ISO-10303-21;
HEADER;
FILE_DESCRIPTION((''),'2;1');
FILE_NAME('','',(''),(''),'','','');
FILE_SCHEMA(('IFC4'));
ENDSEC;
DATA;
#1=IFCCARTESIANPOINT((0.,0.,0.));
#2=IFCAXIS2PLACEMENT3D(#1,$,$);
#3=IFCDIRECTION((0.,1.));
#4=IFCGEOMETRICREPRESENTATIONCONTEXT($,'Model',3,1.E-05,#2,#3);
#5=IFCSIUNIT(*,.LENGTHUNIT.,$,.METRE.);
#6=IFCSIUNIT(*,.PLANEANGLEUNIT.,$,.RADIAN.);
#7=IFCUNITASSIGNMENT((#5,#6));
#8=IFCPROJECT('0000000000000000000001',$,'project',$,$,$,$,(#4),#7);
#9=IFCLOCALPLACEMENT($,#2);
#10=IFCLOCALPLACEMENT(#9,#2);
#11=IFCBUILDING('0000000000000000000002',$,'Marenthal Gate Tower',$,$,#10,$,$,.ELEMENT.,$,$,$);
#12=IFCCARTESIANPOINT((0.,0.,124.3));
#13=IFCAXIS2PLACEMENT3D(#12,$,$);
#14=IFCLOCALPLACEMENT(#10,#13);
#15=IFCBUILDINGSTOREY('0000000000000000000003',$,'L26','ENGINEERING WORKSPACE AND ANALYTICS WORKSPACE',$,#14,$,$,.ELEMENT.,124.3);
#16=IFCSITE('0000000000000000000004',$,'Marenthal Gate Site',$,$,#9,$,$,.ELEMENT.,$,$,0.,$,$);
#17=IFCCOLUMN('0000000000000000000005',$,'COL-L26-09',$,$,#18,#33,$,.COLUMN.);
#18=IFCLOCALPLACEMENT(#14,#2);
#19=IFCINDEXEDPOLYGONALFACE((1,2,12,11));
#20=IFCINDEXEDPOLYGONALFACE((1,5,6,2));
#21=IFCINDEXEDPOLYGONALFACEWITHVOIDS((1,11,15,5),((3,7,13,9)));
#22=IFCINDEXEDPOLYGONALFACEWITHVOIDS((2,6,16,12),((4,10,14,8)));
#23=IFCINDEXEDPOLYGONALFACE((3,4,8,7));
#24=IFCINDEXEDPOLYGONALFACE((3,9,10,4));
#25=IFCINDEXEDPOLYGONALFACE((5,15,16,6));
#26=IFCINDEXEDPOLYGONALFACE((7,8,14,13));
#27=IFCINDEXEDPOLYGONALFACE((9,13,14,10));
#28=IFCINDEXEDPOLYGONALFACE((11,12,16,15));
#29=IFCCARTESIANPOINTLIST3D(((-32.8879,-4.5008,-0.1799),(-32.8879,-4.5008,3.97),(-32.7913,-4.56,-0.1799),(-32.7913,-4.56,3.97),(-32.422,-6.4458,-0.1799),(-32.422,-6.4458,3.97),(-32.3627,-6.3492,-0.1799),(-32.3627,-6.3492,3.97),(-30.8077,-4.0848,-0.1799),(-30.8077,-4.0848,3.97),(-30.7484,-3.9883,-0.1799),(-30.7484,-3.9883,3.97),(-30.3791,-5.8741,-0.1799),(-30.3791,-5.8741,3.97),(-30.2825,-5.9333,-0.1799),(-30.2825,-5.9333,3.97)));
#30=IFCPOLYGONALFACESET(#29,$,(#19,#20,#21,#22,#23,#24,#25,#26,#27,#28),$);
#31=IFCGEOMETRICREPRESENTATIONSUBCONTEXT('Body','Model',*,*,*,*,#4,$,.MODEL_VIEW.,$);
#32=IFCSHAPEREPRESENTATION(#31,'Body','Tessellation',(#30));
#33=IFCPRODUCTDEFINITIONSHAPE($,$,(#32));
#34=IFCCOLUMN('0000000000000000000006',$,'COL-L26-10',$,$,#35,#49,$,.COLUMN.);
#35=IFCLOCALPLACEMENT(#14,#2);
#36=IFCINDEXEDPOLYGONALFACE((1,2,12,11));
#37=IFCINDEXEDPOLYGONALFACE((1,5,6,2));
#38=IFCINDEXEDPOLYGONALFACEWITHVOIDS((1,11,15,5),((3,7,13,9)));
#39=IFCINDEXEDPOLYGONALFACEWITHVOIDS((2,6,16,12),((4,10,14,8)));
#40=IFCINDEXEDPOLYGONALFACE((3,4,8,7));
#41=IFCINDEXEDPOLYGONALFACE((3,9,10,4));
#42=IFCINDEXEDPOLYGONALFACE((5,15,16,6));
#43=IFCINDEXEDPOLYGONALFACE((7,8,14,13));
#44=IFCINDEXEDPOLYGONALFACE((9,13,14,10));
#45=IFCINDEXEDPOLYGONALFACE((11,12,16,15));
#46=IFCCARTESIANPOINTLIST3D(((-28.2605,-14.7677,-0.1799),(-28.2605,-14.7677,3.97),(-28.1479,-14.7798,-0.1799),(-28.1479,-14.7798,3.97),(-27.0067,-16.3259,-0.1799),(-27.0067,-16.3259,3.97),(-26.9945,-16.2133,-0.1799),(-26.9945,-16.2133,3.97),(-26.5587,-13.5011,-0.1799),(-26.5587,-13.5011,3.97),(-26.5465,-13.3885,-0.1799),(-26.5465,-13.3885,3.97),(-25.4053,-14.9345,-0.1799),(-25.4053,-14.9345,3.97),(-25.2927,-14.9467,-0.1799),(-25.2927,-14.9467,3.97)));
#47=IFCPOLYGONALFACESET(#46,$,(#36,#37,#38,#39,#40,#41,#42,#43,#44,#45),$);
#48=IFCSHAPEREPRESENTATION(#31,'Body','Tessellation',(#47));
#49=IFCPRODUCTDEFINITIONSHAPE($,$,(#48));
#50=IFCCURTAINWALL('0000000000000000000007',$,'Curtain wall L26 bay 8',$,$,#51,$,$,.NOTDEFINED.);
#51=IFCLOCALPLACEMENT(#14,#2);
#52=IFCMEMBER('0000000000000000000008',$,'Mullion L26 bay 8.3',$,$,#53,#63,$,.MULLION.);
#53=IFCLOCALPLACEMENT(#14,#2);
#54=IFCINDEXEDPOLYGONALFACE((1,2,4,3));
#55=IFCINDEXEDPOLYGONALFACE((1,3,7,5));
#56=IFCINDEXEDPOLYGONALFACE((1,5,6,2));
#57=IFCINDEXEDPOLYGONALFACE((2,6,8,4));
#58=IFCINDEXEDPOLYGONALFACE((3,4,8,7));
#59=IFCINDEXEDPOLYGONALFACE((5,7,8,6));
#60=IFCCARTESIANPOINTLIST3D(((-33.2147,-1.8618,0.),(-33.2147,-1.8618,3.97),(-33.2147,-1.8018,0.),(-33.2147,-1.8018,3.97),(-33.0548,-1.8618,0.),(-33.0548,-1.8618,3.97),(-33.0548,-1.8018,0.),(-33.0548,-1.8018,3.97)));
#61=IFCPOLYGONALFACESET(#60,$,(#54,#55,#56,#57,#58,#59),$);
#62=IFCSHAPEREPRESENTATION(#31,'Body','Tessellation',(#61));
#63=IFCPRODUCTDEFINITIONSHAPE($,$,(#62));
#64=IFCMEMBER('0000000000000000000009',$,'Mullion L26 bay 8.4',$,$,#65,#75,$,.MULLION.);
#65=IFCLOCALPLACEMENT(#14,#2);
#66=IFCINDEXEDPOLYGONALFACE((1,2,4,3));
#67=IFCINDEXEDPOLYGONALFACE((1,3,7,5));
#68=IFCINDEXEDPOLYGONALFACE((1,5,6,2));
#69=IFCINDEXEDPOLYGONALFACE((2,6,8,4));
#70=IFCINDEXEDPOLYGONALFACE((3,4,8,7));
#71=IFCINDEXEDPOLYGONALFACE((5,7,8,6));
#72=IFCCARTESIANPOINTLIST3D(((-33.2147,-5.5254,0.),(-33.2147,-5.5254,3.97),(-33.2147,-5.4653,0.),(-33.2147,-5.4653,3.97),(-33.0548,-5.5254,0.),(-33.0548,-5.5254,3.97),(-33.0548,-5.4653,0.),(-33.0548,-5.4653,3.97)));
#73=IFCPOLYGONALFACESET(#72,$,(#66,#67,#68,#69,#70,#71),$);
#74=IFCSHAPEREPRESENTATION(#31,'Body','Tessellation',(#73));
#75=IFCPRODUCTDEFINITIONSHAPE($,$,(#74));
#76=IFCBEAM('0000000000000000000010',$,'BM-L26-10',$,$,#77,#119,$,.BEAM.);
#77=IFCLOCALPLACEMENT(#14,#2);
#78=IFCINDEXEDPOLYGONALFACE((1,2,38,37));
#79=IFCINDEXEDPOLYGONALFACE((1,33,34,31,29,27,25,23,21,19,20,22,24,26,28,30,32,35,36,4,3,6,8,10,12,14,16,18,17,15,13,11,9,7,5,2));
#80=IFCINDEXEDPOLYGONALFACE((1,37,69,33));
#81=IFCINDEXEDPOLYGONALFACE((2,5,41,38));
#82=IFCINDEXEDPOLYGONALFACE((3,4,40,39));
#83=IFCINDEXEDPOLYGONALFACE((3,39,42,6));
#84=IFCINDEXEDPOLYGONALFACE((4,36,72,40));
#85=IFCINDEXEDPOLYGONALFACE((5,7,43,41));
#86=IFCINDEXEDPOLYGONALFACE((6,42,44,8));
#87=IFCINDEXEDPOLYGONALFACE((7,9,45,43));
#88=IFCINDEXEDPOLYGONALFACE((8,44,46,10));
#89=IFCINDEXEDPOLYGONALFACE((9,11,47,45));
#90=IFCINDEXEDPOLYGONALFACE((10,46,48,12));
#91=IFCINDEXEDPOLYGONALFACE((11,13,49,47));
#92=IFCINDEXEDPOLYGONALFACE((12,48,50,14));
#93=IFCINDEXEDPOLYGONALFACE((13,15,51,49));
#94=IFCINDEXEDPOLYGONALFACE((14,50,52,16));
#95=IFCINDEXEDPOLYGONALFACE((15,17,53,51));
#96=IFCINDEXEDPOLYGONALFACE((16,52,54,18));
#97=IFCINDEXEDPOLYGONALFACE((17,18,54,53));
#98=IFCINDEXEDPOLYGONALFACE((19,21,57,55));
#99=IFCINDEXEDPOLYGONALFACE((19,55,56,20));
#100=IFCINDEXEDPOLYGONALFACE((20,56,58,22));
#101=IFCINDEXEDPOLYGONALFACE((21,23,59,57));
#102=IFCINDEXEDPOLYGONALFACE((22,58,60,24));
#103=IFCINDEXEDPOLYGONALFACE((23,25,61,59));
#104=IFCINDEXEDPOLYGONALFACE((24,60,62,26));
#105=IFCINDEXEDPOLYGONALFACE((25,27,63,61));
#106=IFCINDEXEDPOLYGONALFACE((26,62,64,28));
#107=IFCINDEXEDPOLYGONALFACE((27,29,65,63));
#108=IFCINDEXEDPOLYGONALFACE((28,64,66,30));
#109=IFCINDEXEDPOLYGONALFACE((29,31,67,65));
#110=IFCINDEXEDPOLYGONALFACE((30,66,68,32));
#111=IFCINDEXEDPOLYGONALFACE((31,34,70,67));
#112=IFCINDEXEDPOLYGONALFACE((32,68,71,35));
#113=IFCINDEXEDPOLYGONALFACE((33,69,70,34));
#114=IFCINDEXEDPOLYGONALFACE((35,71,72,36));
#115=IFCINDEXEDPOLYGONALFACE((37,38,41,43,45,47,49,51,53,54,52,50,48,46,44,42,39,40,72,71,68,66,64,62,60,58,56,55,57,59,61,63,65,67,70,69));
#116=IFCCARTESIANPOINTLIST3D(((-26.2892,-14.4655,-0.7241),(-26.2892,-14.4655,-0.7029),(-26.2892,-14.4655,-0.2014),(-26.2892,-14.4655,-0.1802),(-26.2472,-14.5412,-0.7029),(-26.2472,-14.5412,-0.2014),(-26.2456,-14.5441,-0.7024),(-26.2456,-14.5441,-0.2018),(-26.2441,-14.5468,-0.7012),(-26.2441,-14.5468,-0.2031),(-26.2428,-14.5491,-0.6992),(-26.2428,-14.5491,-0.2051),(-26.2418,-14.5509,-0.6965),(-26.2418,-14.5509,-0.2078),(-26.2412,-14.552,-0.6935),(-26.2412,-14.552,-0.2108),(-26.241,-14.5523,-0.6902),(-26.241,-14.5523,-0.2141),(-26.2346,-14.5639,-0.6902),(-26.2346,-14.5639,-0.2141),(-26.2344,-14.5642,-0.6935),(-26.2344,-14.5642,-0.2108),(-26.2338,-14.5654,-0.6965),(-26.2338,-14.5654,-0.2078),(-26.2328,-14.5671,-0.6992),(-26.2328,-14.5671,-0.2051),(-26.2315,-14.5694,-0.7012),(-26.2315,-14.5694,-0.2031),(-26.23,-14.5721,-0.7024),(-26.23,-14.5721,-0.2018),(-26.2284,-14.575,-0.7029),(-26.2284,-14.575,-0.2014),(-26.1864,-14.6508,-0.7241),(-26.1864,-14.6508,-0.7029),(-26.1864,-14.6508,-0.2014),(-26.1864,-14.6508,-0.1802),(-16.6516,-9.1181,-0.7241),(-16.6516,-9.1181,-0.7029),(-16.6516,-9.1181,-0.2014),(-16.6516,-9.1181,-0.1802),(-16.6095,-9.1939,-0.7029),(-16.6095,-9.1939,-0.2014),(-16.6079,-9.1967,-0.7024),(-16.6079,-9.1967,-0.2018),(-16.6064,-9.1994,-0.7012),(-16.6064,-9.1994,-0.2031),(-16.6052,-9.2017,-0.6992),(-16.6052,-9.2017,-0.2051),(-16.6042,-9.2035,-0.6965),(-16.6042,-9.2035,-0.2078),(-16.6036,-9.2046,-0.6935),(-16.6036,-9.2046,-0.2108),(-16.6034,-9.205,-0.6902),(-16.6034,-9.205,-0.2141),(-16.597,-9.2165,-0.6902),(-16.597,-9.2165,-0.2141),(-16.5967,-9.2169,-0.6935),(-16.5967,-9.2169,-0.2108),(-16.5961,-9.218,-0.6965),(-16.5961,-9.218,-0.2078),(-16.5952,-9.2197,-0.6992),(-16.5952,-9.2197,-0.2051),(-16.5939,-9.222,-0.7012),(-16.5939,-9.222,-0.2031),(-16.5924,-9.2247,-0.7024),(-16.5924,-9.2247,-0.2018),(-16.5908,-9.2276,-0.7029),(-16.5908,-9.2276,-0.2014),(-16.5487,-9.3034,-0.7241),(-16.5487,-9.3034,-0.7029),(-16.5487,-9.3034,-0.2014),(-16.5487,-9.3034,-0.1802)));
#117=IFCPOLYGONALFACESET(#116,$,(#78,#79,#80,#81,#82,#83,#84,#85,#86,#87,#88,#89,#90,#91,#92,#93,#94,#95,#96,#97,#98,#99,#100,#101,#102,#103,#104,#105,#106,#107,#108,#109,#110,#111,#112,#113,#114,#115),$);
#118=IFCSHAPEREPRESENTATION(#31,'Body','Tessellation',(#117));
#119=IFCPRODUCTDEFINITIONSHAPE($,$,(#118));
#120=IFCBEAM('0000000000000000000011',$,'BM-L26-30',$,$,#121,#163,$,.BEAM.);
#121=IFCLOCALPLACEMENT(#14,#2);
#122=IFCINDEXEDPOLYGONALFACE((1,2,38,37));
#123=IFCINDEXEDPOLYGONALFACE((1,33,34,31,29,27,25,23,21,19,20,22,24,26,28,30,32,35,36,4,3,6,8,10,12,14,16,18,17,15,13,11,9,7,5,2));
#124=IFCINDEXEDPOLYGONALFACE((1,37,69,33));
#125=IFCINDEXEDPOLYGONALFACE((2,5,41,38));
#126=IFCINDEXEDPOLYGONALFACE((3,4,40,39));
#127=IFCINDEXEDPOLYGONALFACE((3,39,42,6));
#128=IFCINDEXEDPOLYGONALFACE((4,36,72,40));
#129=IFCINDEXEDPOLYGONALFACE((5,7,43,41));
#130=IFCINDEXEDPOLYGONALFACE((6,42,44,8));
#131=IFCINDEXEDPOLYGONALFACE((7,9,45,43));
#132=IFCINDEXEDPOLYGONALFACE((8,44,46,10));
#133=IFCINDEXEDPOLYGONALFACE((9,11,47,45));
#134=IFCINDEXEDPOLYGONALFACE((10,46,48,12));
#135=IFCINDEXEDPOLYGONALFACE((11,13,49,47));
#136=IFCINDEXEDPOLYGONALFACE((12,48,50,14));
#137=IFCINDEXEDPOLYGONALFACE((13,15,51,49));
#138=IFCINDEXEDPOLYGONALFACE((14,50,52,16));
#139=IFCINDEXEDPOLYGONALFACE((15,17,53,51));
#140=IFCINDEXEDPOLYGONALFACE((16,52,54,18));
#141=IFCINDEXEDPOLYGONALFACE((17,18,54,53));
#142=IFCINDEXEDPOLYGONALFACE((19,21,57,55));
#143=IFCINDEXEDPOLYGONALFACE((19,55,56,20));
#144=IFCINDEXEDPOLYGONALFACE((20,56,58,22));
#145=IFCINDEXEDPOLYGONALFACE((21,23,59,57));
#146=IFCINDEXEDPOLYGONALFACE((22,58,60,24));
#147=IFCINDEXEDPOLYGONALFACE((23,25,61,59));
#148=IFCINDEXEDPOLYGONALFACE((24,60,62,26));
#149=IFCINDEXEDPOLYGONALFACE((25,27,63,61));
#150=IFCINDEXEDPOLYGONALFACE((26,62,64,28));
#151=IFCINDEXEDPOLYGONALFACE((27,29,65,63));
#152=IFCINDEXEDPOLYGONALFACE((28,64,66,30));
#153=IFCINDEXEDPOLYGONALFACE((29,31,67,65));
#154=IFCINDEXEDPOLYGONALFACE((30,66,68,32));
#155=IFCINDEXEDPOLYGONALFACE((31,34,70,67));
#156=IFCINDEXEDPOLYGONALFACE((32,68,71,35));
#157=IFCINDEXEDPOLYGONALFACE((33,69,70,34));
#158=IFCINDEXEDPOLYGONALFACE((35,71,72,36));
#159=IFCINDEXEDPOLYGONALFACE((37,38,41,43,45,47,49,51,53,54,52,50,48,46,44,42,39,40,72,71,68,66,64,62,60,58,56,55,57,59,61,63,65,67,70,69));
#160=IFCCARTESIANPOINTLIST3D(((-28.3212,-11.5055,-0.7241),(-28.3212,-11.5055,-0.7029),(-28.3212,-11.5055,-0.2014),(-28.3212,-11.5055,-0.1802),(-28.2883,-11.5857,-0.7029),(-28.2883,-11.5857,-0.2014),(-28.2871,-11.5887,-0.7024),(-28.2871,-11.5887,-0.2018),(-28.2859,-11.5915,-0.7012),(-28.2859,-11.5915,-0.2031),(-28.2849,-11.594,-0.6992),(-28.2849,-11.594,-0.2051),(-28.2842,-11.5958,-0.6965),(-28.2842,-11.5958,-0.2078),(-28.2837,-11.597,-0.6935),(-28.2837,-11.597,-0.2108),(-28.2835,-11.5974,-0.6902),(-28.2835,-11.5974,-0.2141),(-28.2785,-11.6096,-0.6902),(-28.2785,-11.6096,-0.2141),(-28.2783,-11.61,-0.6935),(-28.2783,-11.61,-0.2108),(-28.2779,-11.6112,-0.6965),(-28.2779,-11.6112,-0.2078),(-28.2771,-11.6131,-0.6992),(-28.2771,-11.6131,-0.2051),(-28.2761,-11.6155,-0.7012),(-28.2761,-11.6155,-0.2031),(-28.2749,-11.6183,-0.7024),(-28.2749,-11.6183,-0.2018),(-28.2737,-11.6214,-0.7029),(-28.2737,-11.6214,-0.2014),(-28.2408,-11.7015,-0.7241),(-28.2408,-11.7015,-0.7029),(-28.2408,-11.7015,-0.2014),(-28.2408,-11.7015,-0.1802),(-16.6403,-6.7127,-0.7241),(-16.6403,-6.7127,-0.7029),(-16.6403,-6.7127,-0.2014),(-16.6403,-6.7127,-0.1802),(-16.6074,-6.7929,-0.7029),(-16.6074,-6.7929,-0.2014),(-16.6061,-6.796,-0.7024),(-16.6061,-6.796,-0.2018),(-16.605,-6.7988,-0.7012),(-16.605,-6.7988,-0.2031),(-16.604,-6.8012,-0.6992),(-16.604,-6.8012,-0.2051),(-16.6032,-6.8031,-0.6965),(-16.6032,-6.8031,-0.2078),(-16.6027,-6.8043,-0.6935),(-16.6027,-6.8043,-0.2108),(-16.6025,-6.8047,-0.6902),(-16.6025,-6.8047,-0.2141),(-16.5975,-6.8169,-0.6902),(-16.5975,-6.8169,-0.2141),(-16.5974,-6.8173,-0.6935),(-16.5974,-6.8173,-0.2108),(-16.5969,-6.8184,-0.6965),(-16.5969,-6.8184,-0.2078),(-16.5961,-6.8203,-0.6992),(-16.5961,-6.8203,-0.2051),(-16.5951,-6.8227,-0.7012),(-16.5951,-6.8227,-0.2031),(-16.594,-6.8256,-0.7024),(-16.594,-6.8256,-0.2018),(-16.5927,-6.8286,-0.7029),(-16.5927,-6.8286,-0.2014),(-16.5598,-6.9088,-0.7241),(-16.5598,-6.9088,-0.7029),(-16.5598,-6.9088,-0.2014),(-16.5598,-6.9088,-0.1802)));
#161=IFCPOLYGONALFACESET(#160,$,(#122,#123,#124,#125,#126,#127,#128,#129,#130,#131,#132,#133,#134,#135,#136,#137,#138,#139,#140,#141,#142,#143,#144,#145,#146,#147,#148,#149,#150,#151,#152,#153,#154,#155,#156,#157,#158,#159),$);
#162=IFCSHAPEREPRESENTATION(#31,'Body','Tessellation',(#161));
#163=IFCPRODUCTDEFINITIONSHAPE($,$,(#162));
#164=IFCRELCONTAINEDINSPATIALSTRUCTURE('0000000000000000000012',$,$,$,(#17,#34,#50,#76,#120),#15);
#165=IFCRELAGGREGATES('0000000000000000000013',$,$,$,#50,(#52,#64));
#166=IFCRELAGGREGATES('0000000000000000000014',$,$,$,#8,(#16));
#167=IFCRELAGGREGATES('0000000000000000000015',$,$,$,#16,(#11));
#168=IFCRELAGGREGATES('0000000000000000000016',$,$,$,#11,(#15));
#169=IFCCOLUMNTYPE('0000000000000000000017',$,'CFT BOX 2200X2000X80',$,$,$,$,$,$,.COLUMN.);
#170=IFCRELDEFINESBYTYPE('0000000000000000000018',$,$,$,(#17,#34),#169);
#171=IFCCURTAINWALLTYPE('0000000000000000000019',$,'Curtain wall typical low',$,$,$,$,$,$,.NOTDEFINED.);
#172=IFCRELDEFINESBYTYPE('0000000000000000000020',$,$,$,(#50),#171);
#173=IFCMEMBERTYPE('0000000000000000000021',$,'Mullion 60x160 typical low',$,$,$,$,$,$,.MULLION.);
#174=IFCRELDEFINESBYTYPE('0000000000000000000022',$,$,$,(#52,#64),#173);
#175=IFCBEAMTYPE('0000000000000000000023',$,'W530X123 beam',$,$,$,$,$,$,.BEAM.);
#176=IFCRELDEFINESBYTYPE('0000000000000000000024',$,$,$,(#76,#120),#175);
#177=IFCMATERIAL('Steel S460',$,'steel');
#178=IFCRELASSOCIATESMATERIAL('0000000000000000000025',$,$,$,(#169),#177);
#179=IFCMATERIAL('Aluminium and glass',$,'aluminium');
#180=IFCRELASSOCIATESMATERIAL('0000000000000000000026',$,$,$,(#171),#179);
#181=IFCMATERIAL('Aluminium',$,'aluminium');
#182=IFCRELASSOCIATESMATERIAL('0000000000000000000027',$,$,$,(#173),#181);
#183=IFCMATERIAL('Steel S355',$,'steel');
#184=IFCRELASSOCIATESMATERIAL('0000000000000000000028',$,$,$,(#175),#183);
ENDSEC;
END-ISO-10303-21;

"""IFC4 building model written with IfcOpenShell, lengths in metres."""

from ifc_helpers import new_model, si_unit, direction, frame, origin, origin_2d, place, context, subcontext, project, spatial, rectangle, hollow_rectangle, i_section, extrude, material, material_profile, profile_set, type_object, element, aggregate, save


model = new_model("IFC4")

# Units and contexts
model_context = context("Model", 3, precision=1e-05, world=origin(), true_north=direction((0.0, 1.0)))
body_context = subcontext(model_context, "Body", "Model", "MODEL_VIEW")
ifc_project = project(units=[si_unit("LENGTHUNIT", "METRE"), si_unit("PLANEANGLEUNIT", "RADIAN")], contexts=[model_context])

# Site, building, storey
site_placement = place(None, origin())
site = spatial("IfcSite", under=ifc_project, at=site_placement, Name="Marenthal Gate Site", CompositionType="ELEMENT", RefElevation=0.0)
building_placement = place(site_placement, origin())
building = spatial("IfcBuilding", under=site, at=building_placement, Name="Marenthal Gate Tower", CompositionType="ELEMENT")
storey_placement = place(building_placement, frame((0.0, 0.0, 124.3)))
storey = spatial("IfcBuildingStorey", under=building, at=storey_placement, Name="L26", Description="ENGINEERING WORKSPACE AND ANALYTICS WORKSPACE", CompositionType="ELEMENT", Elevation=124.3)

# Columns
ifc_material_1 = material(Name="Steel S460", Category="steel")
ifc_material_profile_1 = material_profile(ifc_material_1, hollow_rectangle(XDim=2.0, YDim=2.2, WallThickness=0.0801, at=origin_2d()), Name="CFT BOX 2200X2000X80")
ifc_material_2 = material(Name="Concrete 70 MPa", Category="concrete")
ifc_material_profile_2 = material_profile(ifc_material_2, rectangle(XDim=1.8401, YDim=2.04, at=origin_2d()), Name="CFT BOX 2200X2000X80 INFILL")
ifc_profile_set_1 = profile_set([ifc_material_profile_1, ifc_material_profile_2], Name="Steel S460 shell, Concrete 70 MPa infill")
column_type = type_object("IfcColumnType", Name="CFT BOX 2200X2000X80", PredefinedType="COLUMN", material=ifc_profile_set_1)
for number, where, z_axis, x_axis, name in (
    (1, (-31.5852, -5.217, -0.1799), (0.0, 0.0, 1.0), (-0.23295, 0.972489, 0.0), "COL-L26-09"),
    (2, (-26.7766, -14.8572, -0.1799), (0.0, 0.0, 1.0), (-0.626903, 0.779097, 0.0), "COL-L26-10"),
):
    element("IfcColumn", number, at=place(storey_placement, frame(where, z_axis=z_axis, x_axis=x_axis)), inside=storey, type_object=column_type, Name=name, PredefinedType="COLUMN", context=body_context, shape_type="SweptSolid", body=[
        extrude(hollow_rectangle(XDim=2.0, YDim=2.2, WallThickness=0.0801, at=origin_2d()), origin(), (0.0, 0.0, 1.0), 4.1499),
    ])

# Curtain wall, members
ifc_material_3 = material(Name="Aluminium and glass", Category="aluminium")
curtain_wall_type = type_object("IfcCurtainWallType", Name="Curtain wall typical low", PredefinedType="NOTDEFINED", material=ifc_material_3)
curtain_wall_placement = place(storey_placement, origin())
curtain_wall = element("IfcCurtainWall", 3, at=curtain_wall_placement, inside=storey, type_object=curtain_wall_type, Name="Curtain wall L26 bay 8", PredefinedType="NOTDEFINED")
ifc_material_4 = material(Name="Aluminium", Category="aluminium")
ifc_material_profile_3 = material_profile(ifc_material_4, rectangle(XDim=0.1599, YDim=0.0601, at=origin_2d()), Name="60x160 aluminium mullion")
ifc_profile_set_2 = profile_set([ifc_material_profile_3], Name="Aluminium")
member_type = type_object("IfcMemberType", Name="Mullion 60x160 typical low", PredefinedType="MULLION", material=ifc_profile_set_2)
member_1_placement = place(storey_placement, frame((-33.1348, -1.8318, 0.0), z_axis=(0.0, 0.0, 1.0), x_axis=(1.0, 0.0, 0.0)))
member_1 = element("IfcMember", 4, at=member_1_placement, type_object=member_type, Name="Mullion L26 bay 8.3", PredefinedType="MULLION", context=body_context, shape_type="SweptSolid", body=[
    extrude(rectangle(XDim=0.1599, YDim=0.0601, at=origin_2d()), origin(), (0.0, 0.0, 1.0), 3.97),
])
member_2_placement = place(storey_placement, frame((-33.1348, -5.4954, 0.0), z_axis=(0.0, 0.0, 1.0), x_axis=(1.0, 0.0, 0.0)))
member_2 = element("IfcMember", 5, at=member_2_placement, type_object=member_type, Name="Mullion L26 bay 8.4", PredefinedType="MULLION", context=body_context, shape_type="SweptSolid", body=[
    extrude(rectangle(XDim=0.1599, YDim=0.0601, at=origin_2d()), origin(), (0.0, 0.0, 1.0), 3.97),
])

# Beams
ifc_material_5 = material(Name="Steel S355", Category="steel")
ifc_material_profile_4 = material_profile(ifc_material_5, i_section(OverallWidth=0.2119, OverallDepth=0.5439, WebThickness=0.0132, FlangeThickness=0.0212, FilletRadius=0.0127, at=origin_2d()), Name="W530X123")
ifc_profile_set_3 = profile_set([ifc_material_profile_4], Name="Steel S355")
beam_type_1 = type_object("IfcBeamType", Name="W530X123 beam", PredefinedType="BEAM", material=ifc_profile_set_3)
beam_1_placement = place(storey_placement, frame((-26.2378, -14.5581, -0.4521), z_axis=(0.874421, 0.485167, 0.0), x_axis=(-0.485167, 0.874421, 0.0)))
element("IfcBeam", 6, at=beam_1_placement, inside=storey, type_object=beam_type_1, Name="BM-L26-10", PredefinedType="BEAM", context=body_context, shape_type="SweptSolid", body=[
    extrude(i_section(OverallWidth=0.2119, OverallDepth=0.5439, WebThickness=0.0132, FlangeThickness=0.0212, FilletRadius=0.0127, at=origin_2d()), origin(), (0.0, 0.0, 1.0), 11.0217),
])
beam_2_placement = place(storey_placement, frame((-28.281, -11.6035, -0.4521), z_axis=(0.925153, 0.379594, 0.0), x_axis=(-0.379594, 0.925153, 0.0)))
element("IfcBeam", 7, at=beam_2_placement, inside=storey, type_object=beam_type_1, Name="BM-L26-30", PredefinedType="BEAM", context=body_context, shape_type="SweptSolid", body=[
    extrude(i_section(OverallWidth=0.2119, OverallDepth=0.5439, WebThickness=0.0132, FlangeThickness=0.0212, FilletRadius=0.0127, at=origin_2d()), origin(), (0.0, 0.0, 1.0), 12.626),
])

aggregate(curtain_wall, [member_1, member_2])

save(model, "model.ifc")
